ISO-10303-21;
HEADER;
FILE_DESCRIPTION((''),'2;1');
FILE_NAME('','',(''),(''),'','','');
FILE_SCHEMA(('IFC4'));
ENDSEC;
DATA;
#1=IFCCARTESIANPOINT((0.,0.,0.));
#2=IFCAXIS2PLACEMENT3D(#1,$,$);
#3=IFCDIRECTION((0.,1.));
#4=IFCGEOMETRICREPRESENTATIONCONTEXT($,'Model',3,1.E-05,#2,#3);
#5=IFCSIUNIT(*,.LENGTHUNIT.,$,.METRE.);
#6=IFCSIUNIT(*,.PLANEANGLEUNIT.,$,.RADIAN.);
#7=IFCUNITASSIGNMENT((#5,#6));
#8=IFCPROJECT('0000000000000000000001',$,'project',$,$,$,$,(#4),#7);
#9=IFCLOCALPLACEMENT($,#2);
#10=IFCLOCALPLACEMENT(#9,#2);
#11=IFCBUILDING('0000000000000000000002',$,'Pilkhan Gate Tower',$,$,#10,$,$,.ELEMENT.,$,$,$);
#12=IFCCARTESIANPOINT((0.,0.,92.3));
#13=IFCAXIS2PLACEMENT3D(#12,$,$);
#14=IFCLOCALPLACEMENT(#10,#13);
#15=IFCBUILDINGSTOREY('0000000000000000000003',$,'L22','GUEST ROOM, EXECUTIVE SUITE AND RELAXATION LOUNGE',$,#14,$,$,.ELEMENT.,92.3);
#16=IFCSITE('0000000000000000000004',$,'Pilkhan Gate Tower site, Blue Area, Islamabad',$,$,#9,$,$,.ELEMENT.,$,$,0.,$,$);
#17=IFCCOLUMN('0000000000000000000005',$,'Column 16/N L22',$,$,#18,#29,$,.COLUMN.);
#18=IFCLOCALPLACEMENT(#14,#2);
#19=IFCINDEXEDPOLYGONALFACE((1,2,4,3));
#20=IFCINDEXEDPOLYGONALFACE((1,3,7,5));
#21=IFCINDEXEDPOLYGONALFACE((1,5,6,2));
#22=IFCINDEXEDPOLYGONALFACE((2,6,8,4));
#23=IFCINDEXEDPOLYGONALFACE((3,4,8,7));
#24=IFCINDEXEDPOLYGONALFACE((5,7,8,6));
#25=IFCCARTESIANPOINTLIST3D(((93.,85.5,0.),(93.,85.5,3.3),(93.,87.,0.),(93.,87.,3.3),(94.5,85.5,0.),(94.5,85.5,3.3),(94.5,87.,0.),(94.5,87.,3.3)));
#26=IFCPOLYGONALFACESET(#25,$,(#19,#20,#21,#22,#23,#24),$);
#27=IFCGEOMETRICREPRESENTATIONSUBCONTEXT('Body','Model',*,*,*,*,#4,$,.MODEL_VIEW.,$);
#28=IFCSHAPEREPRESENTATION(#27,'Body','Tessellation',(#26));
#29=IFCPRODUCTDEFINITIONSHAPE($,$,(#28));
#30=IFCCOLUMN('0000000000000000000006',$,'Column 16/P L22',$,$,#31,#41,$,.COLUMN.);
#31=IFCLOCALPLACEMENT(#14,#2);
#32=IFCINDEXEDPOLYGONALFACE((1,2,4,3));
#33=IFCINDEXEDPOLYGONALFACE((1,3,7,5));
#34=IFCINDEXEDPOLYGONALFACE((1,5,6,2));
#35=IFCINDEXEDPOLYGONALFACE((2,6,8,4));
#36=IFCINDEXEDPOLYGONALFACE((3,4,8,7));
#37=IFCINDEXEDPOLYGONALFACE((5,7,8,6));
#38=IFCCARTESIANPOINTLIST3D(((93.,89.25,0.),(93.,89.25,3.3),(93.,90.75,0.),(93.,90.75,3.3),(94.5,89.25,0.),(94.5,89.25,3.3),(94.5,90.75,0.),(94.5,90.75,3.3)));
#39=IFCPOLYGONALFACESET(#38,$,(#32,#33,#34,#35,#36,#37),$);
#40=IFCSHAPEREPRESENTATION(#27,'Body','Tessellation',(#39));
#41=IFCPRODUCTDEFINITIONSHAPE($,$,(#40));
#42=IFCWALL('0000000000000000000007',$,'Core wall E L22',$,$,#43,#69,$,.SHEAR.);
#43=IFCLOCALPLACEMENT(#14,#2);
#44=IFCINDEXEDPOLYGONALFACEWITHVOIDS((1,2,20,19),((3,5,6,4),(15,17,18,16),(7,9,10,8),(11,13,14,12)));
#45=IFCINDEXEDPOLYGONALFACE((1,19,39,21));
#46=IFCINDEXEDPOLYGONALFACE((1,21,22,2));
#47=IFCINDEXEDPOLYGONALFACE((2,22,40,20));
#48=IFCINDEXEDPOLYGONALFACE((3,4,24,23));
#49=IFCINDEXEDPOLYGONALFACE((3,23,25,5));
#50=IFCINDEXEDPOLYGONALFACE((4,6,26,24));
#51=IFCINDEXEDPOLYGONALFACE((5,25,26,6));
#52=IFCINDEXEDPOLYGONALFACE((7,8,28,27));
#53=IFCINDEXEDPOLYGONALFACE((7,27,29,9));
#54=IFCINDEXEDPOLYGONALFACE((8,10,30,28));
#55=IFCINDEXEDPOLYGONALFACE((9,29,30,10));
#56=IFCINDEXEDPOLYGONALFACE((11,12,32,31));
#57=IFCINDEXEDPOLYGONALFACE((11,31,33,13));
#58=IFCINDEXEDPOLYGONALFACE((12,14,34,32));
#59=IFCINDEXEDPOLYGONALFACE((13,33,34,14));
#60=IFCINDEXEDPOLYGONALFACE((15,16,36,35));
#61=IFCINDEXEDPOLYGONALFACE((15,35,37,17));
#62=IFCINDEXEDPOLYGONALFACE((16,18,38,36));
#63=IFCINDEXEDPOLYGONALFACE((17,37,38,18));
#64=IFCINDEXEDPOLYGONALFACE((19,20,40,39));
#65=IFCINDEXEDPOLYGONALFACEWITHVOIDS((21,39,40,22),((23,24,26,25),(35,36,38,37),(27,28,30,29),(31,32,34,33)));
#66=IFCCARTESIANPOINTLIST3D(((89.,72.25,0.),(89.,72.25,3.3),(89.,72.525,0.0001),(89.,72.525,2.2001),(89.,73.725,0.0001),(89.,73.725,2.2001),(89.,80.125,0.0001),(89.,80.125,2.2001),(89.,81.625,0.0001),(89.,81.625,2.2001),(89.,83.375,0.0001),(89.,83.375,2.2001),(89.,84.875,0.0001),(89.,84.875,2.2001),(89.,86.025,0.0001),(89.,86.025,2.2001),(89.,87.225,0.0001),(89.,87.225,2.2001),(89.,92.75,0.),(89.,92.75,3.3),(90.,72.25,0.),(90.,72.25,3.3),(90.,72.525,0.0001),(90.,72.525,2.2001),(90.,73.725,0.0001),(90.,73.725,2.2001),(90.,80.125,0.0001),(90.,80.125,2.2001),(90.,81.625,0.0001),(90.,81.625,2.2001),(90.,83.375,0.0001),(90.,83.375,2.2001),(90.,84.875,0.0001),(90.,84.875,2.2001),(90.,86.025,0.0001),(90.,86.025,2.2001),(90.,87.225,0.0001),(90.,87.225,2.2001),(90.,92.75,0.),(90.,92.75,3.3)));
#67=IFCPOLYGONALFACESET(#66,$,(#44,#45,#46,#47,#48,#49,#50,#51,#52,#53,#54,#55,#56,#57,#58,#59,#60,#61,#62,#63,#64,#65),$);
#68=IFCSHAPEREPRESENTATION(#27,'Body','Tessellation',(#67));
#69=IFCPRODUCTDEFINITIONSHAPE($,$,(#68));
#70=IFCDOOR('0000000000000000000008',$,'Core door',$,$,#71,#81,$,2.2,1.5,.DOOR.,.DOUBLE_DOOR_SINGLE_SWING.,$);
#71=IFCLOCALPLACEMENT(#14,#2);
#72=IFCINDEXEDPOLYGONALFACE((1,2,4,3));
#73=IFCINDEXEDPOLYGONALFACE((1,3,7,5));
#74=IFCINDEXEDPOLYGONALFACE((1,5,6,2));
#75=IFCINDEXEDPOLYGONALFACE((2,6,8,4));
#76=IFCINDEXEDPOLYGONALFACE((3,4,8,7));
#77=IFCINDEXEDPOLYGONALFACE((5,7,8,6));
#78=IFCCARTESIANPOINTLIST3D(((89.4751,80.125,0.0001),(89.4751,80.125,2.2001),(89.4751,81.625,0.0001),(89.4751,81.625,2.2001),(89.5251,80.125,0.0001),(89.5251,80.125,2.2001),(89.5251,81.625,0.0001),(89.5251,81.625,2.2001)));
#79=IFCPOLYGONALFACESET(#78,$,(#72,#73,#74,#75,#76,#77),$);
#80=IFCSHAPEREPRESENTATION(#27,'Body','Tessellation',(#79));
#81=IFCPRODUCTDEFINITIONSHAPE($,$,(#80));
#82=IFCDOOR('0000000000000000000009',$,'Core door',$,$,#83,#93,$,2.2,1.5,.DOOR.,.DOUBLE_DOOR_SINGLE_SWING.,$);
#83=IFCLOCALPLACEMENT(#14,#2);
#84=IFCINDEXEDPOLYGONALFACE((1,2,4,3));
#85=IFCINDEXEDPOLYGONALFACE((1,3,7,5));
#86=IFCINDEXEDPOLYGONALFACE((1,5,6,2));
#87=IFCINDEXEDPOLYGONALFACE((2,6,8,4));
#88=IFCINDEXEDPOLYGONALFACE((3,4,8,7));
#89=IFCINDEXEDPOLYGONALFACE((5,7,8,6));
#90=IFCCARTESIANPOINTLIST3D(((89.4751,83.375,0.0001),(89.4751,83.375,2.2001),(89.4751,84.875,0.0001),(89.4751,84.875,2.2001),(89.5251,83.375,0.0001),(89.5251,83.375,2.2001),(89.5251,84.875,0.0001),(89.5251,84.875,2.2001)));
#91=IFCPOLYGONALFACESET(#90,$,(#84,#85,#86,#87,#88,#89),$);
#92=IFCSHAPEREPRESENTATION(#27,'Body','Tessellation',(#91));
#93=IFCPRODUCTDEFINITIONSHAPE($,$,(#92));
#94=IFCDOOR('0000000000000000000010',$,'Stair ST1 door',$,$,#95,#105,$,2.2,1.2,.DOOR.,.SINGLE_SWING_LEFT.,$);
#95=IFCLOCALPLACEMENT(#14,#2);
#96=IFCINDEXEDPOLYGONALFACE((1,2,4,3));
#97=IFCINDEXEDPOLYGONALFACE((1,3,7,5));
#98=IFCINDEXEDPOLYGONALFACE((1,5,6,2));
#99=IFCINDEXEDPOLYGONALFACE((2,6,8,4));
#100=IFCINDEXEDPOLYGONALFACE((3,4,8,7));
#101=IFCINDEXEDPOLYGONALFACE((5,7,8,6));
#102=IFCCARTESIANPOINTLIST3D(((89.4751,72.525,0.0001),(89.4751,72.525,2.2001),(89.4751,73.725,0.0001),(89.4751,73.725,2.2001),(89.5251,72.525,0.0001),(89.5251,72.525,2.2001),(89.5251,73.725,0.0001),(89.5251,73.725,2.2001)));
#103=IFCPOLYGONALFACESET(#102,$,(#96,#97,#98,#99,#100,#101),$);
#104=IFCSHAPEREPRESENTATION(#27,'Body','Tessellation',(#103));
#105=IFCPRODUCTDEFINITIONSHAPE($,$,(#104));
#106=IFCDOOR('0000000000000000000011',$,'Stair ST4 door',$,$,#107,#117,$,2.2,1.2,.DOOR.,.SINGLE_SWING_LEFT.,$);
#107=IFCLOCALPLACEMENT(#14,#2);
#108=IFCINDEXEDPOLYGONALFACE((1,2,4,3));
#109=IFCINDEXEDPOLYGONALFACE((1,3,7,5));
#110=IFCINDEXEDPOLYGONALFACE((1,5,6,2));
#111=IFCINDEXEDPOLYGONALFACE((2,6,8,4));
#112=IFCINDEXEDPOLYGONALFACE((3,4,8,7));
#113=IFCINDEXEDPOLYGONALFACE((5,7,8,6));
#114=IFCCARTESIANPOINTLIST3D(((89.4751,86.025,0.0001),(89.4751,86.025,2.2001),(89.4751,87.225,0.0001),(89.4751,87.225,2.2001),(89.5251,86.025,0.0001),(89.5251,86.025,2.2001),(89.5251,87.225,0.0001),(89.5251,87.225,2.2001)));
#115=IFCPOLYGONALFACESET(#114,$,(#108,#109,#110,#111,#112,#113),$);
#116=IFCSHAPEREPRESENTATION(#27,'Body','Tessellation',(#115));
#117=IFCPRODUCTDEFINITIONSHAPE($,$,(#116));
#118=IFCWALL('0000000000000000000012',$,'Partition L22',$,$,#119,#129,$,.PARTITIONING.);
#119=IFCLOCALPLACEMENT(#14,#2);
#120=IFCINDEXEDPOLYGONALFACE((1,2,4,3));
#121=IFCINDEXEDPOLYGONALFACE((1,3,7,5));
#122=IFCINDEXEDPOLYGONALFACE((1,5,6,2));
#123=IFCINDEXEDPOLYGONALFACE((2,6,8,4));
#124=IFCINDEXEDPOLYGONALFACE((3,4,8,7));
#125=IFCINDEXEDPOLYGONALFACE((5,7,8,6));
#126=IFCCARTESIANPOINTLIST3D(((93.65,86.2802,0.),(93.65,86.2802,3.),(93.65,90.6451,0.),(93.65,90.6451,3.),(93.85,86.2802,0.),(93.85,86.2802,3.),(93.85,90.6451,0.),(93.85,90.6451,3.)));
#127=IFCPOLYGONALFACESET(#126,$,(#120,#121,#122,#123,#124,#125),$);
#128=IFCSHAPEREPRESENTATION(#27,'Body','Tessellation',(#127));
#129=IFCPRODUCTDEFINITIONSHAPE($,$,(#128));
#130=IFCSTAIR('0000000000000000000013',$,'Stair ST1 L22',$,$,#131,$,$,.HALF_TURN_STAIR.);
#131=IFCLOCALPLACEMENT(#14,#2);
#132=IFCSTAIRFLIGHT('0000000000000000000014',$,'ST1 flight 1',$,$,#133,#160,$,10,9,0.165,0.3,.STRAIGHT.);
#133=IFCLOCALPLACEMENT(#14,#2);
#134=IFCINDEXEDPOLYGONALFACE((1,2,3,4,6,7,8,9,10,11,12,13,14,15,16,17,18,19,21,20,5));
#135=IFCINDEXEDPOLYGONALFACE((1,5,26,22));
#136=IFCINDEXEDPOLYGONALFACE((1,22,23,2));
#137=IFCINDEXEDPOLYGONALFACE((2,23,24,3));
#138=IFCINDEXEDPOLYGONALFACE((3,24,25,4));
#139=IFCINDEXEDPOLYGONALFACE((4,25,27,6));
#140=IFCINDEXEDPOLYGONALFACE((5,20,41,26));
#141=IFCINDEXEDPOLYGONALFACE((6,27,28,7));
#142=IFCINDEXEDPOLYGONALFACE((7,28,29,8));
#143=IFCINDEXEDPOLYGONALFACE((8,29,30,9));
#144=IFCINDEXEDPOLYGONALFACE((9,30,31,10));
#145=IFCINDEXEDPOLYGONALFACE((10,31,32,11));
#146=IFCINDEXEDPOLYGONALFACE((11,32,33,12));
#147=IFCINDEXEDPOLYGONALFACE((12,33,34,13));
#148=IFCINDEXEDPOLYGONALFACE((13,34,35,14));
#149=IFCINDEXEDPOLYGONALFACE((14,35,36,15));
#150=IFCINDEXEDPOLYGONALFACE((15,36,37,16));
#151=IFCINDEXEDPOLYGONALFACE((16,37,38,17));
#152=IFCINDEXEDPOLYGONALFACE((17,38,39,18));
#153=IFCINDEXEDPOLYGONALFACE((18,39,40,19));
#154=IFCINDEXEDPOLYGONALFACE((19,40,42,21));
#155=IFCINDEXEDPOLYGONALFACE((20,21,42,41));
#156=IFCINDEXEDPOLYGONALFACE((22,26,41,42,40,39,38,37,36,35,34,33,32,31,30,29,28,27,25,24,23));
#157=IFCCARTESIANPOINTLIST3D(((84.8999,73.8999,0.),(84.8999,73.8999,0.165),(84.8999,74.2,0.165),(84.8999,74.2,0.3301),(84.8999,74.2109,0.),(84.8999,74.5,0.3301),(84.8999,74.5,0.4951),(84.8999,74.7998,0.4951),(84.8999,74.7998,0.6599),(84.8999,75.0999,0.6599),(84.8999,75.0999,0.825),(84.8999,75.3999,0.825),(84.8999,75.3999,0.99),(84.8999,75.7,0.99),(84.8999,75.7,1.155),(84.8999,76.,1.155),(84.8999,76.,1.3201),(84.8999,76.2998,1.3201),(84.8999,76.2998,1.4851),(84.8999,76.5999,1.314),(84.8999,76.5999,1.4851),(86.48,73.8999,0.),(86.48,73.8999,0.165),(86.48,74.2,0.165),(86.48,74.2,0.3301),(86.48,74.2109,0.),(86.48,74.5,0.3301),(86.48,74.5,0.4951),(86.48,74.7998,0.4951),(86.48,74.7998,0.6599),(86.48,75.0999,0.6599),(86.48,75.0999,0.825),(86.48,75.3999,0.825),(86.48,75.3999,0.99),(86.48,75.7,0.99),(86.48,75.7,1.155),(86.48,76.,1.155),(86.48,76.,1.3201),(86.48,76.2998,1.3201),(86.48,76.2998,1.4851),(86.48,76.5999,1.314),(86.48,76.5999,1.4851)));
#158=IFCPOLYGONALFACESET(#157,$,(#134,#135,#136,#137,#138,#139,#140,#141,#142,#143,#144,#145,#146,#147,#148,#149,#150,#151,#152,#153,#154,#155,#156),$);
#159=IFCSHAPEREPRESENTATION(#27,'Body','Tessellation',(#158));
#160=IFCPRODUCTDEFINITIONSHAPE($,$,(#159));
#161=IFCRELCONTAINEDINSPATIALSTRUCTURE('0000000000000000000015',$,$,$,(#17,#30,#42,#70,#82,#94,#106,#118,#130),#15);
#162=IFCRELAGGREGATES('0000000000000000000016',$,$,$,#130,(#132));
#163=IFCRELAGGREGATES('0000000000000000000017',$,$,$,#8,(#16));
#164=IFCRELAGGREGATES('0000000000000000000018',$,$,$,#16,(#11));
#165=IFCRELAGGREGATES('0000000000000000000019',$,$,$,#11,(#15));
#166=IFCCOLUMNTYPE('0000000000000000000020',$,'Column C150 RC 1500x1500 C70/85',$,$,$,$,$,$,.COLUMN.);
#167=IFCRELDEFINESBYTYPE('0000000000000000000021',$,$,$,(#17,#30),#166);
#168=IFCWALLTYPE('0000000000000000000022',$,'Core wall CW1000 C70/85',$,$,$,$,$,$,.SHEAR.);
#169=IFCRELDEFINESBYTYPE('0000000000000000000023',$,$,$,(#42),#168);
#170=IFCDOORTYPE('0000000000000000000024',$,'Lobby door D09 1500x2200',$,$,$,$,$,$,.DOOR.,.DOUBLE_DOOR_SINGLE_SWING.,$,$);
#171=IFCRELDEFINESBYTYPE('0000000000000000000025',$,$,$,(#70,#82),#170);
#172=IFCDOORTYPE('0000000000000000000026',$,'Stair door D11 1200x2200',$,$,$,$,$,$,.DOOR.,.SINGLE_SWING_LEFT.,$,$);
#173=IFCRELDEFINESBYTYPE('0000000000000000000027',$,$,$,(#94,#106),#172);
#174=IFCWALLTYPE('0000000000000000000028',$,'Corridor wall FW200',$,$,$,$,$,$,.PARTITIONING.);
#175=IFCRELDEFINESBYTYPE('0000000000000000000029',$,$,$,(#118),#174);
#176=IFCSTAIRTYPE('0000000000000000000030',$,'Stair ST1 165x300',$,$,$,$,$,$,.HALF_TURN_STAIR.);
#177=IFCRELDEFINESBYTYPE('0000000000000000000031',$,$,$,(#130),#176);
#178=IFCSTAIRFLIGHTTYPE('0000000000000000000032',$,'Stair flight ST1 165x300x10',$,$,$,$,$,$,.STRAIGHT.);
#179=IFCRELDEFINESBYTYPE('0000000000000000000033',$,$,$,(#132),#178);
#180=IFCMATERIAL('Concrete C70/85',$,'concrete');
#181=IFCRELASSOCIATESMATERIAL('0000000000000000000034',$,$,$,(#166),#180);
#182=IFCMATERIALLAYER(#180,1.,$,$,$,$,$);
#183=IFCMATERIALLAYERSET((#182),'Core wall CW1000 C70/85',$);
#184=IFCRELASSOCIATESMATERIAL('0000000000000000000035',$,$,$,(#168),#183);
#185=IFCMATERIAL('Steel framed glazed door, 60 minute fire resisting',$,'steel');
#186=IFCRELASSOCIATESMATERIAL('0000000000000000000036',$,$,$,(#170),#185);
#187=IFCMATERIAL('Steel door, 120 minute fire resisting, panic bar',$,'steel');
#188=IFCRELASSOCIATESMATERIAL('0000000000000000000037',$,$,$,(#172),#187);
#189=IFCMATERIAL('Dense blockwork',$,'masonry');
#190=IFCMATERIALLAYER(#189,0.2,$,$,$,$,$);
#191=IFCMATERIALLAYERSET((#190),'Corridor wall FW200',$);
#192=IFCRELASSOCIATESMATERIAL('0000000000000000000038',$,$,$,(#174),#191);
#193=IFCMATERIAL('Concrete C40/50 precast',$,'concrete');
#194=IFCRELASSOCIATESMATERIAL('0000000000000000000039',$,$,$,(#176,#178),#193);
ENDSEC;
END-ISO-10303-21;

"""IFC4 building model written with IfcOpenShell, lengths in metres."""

from ifc_helpers import new_model, si_unit, direction, frame, frame_2d, origin, origin_2d, place, context, subcontext, project, spatial, polyline, rectangle, outline, extrude, material, layer, layer_set, material_profile, profile_set, type_object, element, fill, aggregate, save


model = new_model("IFC4")

# Units and contexts
model_context = context("Model", 3, precision=1e-05, world=origin(), true_north=direction((0.0, 1.0)))
body_context = subcontext(model_context, "Body", "Model", "MODEL_VIEW")
ifc_project = project(units=[si_unit("LENGTHUNIT", "METRE"), si_unit("PLANEANGLEUNIT", "RADIAN")], contexts=[model_context])

# Site, building, storey
site_placement = place(None, origin())
site = spatial("IfcSite", under=ifc_project, at=site_placement, Name="Pilkhan Gate Tower site, Blue Area, Islamabad", CompositionType="ELEMENT", RefElevation=0.0)
building_placement = place(site_placement, origin())
building = spatial("IfcBuilding", under=site, at=building_placement, Name="Pilkhan Gate Tower", CompositionType="ELEMENT")
storey_placement = place(building_placement, frame((0.0, 0.0, 92.3)))
storey = spatial("IfcBuildingStorey", under=building, at=storey_placement, Name="L22", Description="GUEST ROOM, EXECUTIVE SUITE AND RELAXATION LOUNGE", CompositionType="ELEMENT", Elevation=92.3)

# Columns
ifc_material_1 = material(Name="Concrete C70/85", Category="concrete")
ifc_material_profile = material_profile(ifc_material_1, rectangle(XDim=1.5, YDim=1.5, at=origin_2d()), Name="RC 1500x1500")
ifc_profile_set = profile_set([ifc_material_profile], Name="Concrete C70/85")
column_type = type_object("IfcColumnType", Name="Column C150 RC 1500x1500 C70/85", PredefinedType="COLUMN", material=ifc_profile_set)
for number, where, z_axis, x_axis, name in (
    (1, (93.75, 86.25, 0.0), (0.0, 0.0, 1.0), (1.0, 0.0, 0.0), "Column 16/N L22"),
    (2, (93.75, 90.0, 0.0), (0.0, 0.0, 1.0), (1.0, 0.0, 0.0), "Column 16/P L22"),
):
    element("IfcColumn", number, at=place(storey_placement, frame(where, z_axis=z_axis, x_axis=x_axis)), inside=storey, type_object=column_type, Name=name, PredefinedType="COLUMN", context=body_context, shape_type="SweptSolid", body=[
        extrude(rectangle(XDim=1.5, YDim=1.5, at=origin_2d()), origin(), (0.0, 0.0, 1.0), 3.3),
    ])

# Wall, openings, doors
ifc_layer_1 = layer(ifc_material_1, 1.0)
ifc_layer_set_1 = layer_set([ifc_layer_1], Name="Core wall CW1000 C70/85")
wall_type_1 = type_object("IfcWallType", Name="Core wall CW1000 C70/85", PredefinedType="SHEAR", material=ifc_layer_set_1)
wall_1_placement = place(storey_placement, frame((89.5, 72.25, 0.0), z_axis=(0.0, 0.0, 1.0), x_axis=(0.0, 1.0, 0.0)))
wall_1 = element("IfcWall", 3, at=wall_1_placement, inside=storey, type_object=wall_type_1, Name="Core wall E L22", PredefinedType="SHEAR", context=body_context, shape_type="SweptSolid", body=[
    extrude(rectangle(XDim=20.5, YDim=1.0, at=frame_2d((10.25, 0.0))), origin(), (0.0, 0.0, 1.0), 3.3),
])
opening_1_placement = place(wall_1_placement, frame((0.2749, 0.0, 0.0)))
opening_1 = element("IfcOpeningElement", 4, at=opening_1_placement, cuts=wall_1, PredefinedType="OPENING", context=body_context, shape_type="SweptSolid", body=[
    extrude(rectangle(XDim=1.2, YDim=2.2, at=frame_2d((0.6001, 1.1001))), frame((0.0, 0.51, 0.0), z_axis=(0.0, -1.0, 0.0), x_axis=(1.0, 0.0, 0.0)), (0.0, 0.0, 1.0), 1.02),
])
opening_2_placement = place(wall_1_placement, frame((13.7749, 0.0, 0.0)))
opening_2 = element("IfcOpeningElement", 5, at=opening_2_placement, cuts=wall_1, PredefinedType="OPENING", context=body_context, shape_type="SweptSolid", body=[
    extrude(rectangle(XDim=1.2, YDim=2.2, at=frame_2d((0.6001, 1.1001))), frame((0.0, 0.51, 0.0), z_axis=(0.0, -1.0, 0.0), x_axis=(1.0, 0.0, 0.0)), (0.0, 0.0, 1.0), 1.02),
])
opening_3_placement = place(wall_1_placement, frame((7.875, 0.0, 0.0)))
opening_3 = element("IfcOpeningElement", 6, at=opening_3_placement, cuts=wall_1, PredefinedType="OPENING", context=body_context, shape_type="SweptSolid", body=[
    extrude(rectangle(XDim=1.5, YDim=2.2, at=frame_2d((0.75, 1.1001))), frame((0.0, 0.51, 0.0), z_axis=(0.0, -1.0, 0.0), x_axis=(1.0, 0.0, 0.0)), (0.0, 0.0, 1.0), 1.02),
])
opening_4_placement = place(wall_1_placement, frame((11.125, 0.0, 0.0)))
opening_4 = element("IfcOpeningElement", 7, at=opening_4_placement, cuts=wall_1, PredefinedType="OPENING", context=body_context, shape_type="SweptSolid", body=[
    extrude(rectangle(XDim=1.5, YDim=2.2, at=frame_2d((0.75, 1.1001))), frame((0.0, 0.51, 0.0), z_axis=(0.0, -1.0, 0.0), x_axis=(1.0, 0.0, 0.0)), (0.0, 0.0, 1.0), 1.02),
])
ifc_material_2 = material(Name="Steel framed glazed door, 60 minute fire resisting", Category="steel")
door_type_1 = type_object("IfcDoorType", Name="Lobby door D09 1500x2200", OperationType="DOUBLE_DOOR_SINGLE_SWING", PredefinedType="DOOR", material=ifc_material_2)
door_1_placement = place(opening_3_placement, origin())
door_1 = element("IfcDoor", 8, at=door_1_placement, inside=storey, type_object=door_type_1, Name="Core door", OperationType="DOUBLE_DOOR_SINGLE_SWING", OverallHeight=2.2, OverallWidth=1.5, PredefinedType="DOOR", context=body_context, shape_type="SweptSolid", body=[
    extrude(rectangle(XDim=1.5, YDim=2.2, at=frame_2d((0.75, 1.1001))), frame((0.0, 0.0249, 0.0), z_axis=(0.0, -1.0, 0.0), x_axis=(1.0, 0.0, 0.0)), (0.0, 0.0, 1.0), 0.05),
])
fill(opening_3, door_1)
door_2_placement = place(opening_4_placement, origin())
door_2 = element("IfcDoor", 9, at=door_2_placement, inside=storey, type_object=door_type_1, Name="Core door", OperationType="DOUBLE_DOOR_SINGLE_SWING", OverallHeight=2.2, OverallWidth=1.5, PredefinedType="DOOR", context=body_context, shape_type="SweptSolid", body=[
    extrude(rectangle(XDim=1.5, YDim=2.2, at=frame_2d((0.75, 1.1001))), frame((0.0, 0.0249, 0.0), z_axis=(0.0, -1.0, 0.0), x_axis=(1.0, 0.0, 0.0)), (0.0, 0.0, 1.0), 0.05),
])
fill(opening_4, door_2)
ifc_material_3 = material(Name="Steel door, 120 minute fire resisting, panic bar", Category="steel")
door_type_2 = type_object("IfcDoorType", Name="Stair door D11 1200x2200", OperationType="SINGLE_SWING_LEFT", PredefinedType="DOOR", material=ifc_material_3)
door_3_placement = place(opening_1_placement, origin())
door_3 = element("IfcDoor", 10, at=door_3_placement, inside=storey, type_object=door_type_2, Name="Stair ST1 door", OperationType="SINGLE_SWING_LEFT", OverallHeight=2.2, OverallWidth=1.2, PredefinedType="DOOR", context=body_context, shape_type="SweptSolid", body=[
    extrude(rectangle(XDim=1.2, YDim=2.2, at=frame_2d((0.6001, 1.1001))), frame((0.0, 0.0249, 0.0), z_axis=(0.0, -1.0, 0.0), x_axis=(1.0, 0.0, 0.0)), (0.0, 0.0, 1.0), 0.05),
])
fill(opening_1, door_3)
door_4_placement = place(opening_2_placement, origin())
door_4 = element("IfcDoor", 11, at=door_4_placement, inside=storey, type_object=door_type_2, Name="Stair ST4 door", OperationType="SINGLE_SWING_LEFT", OverallHeight=2.2, OverallWidth=1.2, PredefinedType="DOOR", context=body_context, shape_type="SweptSolid", body=[
    extrude(rectangle(XDim=1.2, YDim=2.2, at=frame_2d((0.6001, 1.1001))), frame((0.0, 0.0249, 0.0), z_axis=(0.0, -1.0, 0.0), x_axis=(1.0, 0.0, 0.0)), (0.0, 0.0, 1.0), 0.05),
])
fill(opening_2, door_4)

# Wall
ifc_material_4 = material(Name="Dense blockwork", Category="masonry")
ifc_layer_2 = layer(ifc_material_4, 0.2)
ifc_layer_set_2 = layer_set([ifc_layer_2], Name="Corridor wall FW200")
wall_type_2 = type_object("IfcWallType", Name="Corridor wall FW200", PredefinedType="PARTITIONING", material=ifc_layer_set_2)
wall_2_placement = place(storey_placement, frame((93.75, 86.28, 0.0), z_axis=(0.0, 0.0, 1.0), x_axis=(0.0, 1.0, 0.0)))
element("IfcWall", 12, at=wall_2_placement, inside=storey, type_object=wall_type_2, Name="Partition L22", PredefinedType="PARTITIONING", context=body_context, shape_type="SweptSolid", body=[
    extrude(rectangle(XDim=4.365, YDim=0.2, at=frame_2d((2.1826, 0.0))), origin(), (0.0, 0.0, 1.0), 3.0),
])

# Stair, stair flight
ifc_material_5 = material(Name="Concrete C40/50 precast", Category="concrete")
stair_type_1 = type_object("IfcStairType", Name="Stair ST1 165x300", PredefinedType="HALF_TURN_STAIR", material=ifc_material_5)
stair_1_placement = place(storey_placement, origin())
stair_1 = element("IfcStair", 13, at=stair_1_placement, inside=storey, type_object=stair_type_1, Name="Stair ST1 L22", PredefinedType="HALF_TURN_STAIR")
stair_flight_type_1 = type_object("IfcStairFlightType", Name="Stair flight ST1 165x300x10", PredefinedType="STRAIGHT", material=ifc_material_5)
stair_flight_1_placement = place(storey_placement, frame((85.6899, 73.8999, 0.0), z_axis=(0.0, 0.0, 1.0), x_axis=(0.0, 1.0, 0.0)))
stair_flight_1 = element("IfcStairFlight", 14, at=stair_flight_1_placement, type_object=stair_flight_type_1, Name="ST1 flight 1", NumberOfRisers=10, NumberOfTreads=9, PredefinedType="STRAIGHT", RiserHeight=0.165, TreadLength=0.3, context=body_context, shape_type="SweptSolid", body=[
    extrude(outline(polyline([(0.0, 0.0), (0.0, 0.165), (0.3, 0.165), (0.3, 0.3301), (0.6001, 0.3301), (0.6001, 0.4951), (0.8999, 0.4951), (0.8999, 0.6599), (1.2, 0.6599), (1.2, 0.825), (1.5, 0.825), (1.5, 0.99), (1.8, 0.99), (1.8, 1.155), (2.1001, 1.155), (2.1001, 1.3201), (2.3999, 1.3201), (2.3999, 1.4851), (2.7, 1.4851), (2.7, 1.6499), (2.7, 1.314), (0.311, 0.0), (0.0, 0.0)])), frame((0.0, 0.79, 0.0), z_axis=(0.0, -1.0, 0.0), x_axis=(1.0, 0.0, 0.0)), (0.0, 0.0, 1.0), 1.5801),
])
aggregate(stair_1, [stair_flight_1])

save(model, "model.ifc")
